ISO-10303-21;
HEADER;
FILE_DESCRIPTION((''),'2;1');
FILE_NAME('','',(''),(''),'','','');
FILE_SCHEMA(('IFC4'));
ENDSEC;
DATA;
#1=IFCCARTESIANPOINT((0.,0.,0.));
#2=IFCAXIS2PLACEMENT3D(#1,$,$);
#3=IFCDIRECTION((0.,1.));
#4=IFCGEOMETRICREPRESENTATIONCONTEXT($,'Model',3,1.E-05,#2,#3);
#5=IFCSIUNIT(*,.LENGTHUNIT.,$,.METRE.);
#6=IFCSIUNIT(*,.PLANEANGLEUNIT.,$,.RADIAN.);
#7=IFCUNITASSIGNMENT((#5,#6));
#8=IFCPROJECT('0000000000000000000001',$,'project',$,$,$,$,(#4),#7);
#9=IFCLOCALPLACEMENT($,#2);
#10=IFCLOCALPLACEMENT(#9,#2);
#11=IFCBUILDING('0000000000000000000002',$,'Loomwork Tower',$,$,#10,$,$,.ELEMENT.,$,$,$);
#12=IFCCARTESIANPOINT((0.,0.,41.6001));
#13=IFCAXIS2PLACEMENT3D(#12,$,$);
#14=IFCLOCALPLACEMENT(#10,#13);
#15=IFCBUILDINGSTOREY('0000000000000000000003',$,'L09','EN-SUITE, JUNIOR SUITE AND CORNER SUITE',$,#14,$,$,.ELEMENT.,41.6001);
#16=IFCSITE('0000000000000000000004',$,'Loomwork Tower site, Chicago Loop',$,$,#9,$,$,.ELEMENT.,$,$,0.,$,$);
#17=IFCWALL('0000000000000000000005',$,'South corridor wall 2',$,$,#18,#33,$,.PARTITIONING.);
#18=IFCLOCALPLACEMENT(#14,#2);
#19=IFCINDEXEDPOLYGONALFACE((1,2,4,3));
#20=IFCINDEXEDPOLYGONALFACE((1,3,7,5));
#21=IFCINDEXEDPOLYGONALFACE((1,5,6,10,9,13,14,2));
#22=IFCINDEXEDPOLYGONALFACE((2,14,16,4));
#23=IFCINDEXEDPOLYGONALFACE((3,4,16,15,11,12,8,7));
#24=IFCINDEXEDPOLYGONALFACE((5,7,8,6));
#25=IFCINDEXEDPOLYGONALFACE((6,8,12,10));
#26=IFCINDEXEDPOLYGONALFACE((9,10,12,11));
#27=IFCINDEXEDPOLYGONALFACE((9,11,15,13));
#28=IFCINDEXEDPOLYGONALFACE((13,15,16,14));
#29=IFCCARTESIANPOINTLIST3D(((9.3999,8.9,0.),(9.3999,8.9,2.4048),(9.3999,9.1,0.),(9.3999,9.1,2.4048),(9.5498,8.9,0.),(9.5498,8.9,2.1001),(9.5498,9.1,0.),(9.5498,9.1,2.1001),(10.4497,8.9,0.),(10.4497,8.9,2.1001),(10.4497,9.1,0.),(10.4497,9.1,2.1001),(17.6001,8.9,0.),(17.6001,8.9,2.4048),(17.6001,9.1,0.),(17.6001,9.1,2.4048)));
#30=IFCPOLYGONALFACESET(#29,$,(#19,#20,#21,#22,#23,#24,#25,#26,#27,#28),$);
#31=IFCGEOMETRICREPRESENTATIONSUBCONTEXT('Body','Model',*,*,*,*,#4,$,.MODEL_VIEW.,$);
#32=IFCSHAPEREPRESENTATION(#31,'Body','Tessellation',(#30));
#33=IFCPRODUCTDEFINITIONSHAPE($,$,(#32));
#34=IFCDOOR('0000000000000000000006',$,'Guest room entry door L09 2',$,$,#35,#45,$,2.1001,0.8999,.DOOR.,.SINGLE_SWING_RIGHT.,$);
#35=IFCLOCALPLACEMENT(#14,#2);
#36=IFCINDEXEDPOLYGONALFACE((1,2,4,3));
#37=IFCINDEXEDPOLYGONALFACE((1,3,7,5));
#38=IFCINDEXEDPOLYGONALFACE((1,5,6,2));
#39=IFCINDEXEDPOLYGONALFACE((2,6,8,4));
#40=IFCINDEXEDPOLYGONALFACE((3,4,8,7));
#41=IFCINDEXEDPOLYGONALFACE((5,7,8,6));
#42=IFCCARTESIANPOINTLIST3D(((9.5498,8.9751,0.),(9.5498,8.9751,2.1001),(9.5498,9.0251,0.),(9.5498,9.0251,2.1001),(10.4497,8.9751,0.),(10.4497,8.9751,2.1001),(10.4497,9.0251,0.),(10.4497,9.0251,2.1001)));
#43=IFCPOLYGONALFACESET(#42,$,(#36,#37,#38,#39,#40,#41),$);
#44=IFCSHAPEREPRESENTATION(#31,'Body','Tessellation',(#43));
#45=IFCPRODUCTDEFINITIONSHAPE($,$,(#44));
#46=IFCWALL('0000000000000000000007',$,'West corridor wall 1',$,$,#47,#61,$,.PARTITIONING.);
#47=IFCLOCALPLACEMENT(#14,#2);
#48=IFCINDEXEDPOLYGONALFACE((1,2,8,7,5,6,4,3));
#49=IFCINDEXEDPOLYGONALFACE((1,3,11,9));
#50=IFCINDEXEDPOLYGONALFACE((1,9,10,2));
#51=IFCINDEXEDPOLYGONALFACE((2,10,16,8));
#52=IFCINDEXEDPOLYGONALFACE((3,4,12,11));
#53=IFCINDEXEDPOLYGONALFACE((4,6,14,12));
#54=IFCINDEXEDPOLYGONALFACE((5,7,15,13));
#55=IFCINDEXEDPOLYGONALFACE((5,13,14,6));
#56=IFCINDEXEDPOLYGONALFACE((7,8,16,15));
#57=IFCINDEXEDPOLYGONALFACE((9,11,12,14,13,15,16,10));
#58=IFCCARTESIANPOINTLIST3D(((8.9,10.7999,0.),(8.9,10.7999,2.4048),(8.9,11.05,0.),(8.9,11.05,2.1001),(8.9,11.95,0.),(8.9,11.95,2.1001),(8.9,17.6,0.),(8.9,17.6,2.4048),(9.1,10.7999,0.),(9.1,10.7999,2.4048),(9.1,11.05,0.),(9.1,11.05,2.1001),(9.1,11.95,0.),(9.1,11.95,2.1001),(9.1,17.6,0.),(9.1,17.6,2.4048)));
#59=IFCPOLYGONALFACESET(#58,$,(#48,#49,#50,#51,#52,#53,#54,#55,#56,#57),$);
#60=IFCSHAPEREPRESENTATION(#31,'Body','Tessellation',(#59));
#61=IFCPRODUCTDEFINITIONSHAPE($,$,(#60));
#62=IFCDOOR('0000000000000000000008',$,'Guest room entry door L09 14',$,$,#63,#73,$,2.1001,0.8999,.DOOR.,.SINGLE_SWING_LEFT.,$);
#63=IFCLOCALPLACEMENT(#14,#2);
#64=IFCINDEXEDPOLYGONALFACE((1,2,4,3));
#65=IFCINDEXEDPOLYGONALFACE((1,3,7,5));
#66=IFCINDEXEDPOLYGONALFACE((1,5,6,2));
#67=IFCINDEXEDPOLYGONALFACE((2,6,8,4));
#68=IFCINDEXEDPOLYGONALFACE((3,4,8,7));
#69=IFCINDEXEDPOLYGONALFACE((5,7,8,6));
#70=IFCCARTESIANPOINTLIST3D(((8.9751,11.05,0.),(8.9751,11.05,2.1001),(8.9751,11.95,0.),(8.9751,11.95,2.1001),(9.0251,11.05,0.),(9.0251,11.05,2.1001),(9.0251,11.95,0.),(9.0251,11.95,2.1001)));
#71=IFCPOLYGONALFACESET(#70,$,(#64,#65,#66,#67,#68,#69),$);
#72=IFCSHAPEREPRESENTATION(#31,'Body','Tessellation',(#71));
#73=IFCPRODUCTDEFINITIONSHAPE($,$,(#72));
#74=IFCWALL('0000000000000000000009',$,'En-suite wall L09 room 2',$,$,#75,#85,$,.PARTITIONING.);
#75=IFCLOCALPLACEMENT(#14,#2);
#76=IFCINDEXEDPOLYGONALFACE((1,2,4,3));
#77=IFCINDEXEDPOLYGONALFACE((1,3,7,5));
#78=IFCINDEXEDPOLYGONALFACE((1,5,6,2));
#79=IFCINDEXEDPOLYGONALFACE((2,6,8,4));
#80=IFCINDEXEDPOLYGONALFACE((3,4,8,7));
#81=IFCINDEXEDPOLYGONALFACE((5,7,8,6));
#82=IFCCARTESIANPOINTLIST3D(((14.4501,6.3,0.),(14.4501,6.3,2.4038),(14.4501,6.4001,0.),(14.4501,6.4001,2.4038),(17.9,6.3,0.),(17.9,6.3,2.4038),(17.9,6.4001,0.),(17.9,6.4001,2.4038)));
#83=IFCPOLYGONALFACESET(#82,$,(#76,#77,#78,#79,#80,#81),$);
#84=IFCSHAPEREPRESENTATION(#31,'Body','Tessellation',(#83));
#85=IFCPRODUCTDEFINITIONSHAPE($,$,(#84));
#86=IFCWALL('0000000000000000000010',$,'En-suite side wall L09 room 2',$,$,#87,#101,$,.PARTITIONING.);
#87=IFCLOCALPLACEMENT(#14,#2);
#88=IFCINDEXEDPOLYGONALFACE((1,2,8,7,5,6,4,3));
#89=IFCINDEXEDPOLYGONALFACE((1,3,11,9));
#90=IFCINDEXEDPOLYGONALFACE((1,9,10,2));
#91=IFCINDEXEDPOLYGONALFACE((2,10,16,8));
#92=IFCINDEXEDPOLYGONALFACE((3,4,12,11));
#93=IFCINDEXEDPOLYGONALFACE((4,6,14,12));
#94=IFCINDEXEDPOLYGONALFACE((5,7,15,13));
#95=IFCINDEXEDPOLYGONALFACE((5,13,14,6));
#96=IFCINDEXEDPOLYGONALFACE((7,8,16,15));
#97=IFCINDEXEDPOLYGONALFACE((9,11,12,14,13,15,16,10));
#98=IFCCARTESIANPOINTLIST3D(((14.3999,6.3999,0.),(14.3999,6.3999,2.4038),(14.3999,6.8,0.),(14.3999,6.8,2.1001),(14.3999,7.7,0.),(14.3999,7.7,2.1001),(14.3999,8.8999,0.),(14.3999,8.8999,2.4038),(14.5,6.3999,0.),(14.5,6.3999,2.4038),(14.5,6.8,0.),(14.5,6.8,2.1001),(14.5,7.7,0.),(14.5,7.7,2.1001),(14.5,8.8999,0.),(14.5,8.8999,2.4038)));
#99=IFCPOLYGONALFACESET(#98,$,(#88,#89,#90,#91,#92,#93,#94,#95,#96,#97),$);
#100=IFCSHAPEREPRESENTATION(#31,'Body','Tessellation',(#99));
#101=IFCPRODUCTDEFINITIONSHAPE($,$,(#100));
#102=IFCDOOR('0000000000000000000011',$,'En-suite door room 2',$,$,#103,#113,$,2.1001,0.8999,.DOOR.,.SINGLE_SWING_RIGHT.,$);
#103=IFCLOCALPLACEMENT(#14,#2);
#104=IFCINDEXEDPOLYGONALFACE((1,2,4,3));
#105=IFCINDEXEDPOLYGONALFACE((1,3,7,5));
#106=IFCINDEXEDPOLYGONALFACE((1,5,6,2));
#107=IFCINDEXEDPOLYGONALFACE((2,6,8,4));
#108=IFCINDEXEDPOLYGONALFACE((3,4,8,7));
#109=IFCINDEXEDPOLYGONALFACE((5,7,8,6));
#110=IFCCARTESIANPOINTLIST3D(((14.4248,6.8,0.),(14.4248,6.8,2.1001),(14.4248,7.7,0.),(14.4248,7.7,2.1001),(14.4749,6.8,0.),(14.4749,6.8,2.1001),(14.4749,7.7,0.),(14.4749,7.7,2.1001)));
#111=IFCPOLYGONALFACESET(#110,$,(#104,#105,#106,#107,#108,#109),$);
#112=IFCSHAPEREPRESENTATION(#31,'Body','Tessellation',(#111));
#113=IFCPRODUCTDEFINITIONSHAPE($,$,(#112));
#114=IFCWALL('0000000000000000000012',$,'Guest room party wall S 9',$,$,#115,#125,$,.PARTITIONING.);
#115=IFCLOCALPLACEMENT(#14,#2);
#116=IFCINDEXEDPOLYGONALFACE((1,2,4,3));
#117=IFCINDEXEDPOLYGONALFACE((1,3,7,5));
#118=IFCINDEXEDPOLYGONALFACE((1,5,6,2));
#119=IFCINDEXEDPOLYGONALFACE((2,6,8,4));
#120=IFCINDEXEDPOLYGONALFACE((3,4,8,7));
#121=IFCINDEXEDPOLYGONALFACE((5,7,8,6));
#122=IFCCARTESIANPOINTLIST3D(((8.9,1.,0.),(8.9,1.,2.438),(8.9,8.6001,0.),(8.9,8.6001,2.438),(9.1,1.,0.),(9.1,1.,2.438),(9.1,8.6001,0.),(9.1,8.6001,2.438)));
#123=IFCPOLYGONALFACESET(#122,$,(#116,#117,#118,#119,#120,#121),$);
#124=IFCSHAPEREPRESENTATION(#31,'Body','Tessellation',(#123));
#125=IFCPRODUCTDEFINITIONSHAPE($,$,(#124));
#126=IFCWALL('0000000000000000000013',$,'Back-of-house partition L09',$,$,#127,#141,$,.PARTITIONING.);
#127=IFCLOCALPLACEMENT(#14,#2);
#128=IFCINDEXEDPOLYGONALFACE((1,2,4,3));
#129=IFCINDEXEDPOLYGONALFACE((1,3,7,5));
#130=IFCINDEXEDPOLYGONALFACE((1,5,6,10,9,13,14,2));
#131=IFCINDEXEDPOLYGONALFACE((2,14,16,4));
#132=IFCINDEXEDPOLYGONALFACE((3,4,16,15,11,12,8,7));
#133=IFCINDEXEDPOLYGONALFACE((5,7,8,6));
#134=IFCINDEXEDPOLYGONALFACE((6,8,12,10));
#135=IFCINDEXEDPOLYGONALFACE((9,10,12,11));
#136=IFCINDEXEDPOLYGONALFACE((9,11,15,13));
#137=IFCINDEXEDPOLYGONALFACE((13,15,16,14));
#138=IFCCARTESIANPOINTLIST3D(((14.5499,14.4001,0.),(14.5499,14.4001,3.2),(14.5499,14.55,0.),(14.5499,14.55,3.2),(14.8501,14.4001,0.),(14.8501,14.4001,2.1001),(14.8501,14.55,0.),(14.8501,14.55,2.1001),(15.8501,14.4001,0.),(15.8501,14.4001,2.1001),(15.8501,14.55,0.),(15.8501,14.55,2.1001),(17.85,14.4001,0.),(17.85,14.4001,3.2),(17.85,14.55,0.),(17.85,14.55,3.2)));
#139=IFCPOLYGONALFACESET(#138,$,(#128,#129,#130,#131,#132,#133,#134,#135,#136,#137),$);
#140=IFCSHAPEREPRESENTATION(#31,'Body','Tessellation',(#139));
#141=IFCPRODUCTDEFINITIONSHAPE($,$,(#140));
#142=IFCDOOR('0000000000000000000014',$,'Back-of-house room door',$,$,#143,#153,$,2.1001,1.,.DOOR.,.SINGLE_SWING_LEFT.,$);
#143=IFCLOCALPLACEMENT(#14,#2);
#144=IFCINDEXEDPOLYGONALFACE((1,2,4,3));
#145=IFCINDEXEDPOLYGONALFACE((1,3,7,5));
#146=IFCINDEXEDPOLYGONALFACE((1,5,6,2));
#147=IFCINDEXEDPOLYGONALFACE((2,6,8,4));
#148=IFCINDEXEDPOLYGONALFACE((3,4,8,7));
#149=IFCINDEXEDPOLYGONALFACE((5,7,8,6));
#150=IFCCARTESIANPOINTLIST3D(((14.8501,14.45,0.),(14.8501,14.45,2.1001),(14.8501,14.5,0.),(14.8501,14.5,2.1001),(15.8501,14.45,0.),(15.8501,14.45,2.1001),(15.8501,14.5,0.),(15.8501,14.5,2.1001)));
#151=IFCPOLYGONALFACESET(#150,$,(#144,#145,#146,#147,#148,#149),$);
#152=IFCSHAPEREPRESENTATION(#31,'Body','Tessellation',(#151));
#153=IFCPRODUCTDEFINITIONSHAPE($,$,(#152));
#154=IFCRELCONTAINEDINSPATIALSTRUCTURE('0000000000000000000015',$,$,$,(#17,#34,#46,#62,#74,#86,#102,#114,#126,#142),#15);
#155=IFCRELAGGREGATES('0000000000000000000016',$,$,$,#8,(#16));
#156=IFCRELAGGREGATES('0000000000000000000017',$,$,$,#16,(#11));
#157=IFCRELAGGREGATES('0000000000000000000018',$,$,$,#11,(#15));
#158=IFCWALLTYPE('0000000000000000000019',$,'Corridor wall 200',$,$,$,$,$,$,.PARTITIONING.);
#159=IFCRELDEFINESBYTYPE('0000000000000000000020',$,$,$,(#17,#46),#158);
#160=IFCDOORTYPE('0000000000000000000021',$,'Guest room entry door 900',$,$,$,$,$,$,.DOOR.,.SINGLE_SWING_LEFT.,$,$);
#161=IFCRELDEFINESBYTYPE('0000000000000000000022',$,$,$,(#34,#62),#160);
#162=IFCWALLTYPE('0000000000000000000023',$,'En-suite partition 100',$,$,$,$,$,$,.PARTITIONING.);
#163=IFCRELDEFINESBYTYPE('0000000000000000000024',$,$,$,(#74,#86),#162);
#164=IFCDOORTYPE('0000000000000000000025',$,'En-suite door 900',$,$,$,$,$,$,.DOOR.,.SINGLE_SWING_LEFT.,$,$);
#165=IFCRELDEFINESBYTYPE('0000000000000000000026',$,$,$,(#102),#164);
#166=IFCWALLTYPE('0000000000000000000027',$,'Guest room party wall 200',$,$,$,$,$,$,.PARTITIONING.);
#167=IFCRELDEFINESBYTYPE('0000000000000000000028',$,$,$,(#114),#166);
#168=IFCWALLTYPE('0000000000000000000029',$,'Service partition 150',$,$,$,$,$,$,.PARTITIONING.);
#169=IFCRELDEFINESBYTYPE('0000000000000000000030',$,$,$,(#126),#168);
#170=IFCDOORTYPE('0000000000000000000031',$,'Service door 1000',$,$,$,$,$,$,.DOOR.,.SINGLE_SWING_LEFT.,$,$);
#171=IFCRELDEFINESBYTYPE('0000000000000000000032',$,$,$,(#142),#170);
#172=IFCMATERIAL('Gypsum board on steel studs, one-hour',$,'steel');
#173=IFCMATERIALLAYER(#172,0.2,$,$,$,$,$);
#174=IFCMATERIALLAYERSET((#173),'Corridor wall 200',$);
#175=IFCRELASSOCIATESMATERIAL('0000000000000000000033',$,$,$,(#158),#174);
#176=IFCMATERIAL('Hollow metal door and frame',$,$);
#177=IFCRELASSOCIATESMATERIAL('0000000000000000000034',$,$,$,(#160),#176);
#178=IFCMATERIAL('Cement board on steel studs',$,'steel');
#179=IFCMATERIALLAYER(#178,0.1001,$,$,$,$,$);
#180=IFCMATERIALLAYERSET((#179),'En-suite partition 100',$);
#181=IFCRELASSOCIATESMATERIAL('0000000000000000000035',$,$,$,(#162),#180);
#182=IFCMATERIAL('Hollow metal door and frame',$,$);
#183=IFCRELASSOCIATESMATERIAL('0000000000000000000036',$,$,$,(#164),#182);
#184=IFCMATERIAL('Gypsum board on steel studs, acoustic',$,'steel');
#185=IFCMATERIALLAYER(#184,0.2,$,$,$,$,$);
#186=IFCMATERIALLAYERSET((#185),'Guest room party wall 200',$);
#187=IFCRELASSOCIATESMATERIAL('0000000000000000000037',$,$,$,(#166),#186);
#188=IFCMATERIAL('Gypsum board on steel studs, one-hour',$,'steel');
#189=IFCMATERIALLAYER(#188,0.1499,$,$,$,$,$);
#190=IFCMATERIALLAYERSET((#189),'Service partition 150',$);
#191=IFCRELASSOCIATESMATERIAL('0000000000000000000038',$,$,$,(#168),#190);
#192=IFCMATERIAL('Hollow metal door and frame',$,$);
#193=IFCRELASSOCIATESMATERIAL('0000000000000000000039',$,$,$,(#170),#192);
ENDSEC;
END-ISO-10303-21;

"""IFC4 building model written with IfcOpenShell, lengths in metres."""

from ifc_helpers import new_model, si_unit, direction, frame, frame_2d, origin, place, context, subcontext, project, spatial, rectangle, extrude, material, layer, layer_set, type_object, element, fill, save


model = new_model("IFC4")

# Units and contexts
model_context = context("Model", 3, precision=1e-05, world=origin(), true_north=direction((0.0, 1.0)))
body_context = subcontext(model_context, "Body", "Model", "MODEL_VIEW")
ifc_project = project(units=[si_unit("LENGTHUNIT", "METRE"), si_unit("PLANEANGLEUNIT", "RADIAN")], contexts=[model_context])

# Site, building, storey
site_placement = place(None, origin())
site = spatial("IfcSite", under=ifc_project, at=site_placement, Name="Loomwork Tower site, Chicago Loop", CompositionType="ELEMENT", RefElevation=0.0)
building_placement = place(site_placement, origin())
building = spatial("IfcBuilding", under=site, at=building_placement, Name="Loomwork Tower", CompositionType="ELEMENT")
storey_placement = place(building_placement, frame((0.0, 0.0, 41.6001)))
storey = spatial("IfcBuildingStorey", under=building, at=storey_placement, Name="L09", Description="EN-SUITE, JUNIOR SUITE AND CORNER SUITE", CompositionType="ELEMENT", Elevation=41.6001)

# Walls, openings, doors
ifc_material_1 = material(Name="Gypsum board on steel studs, one-hour", Category="steel")
ifc_layer_1 = layer(ifc_material_1, 0.2)
ifc_layer_set_1 = layer_set([ifc_layer_1], Name="Corridor wall 200")
wall_type_1 = type_object("IfcWallType", Name="Corridor wall 200", PredefinedType="PARTITIONING", material=ifc_layer_set_1)
wall_1_placement = place(storey_placement, frame((9.3999, 9.0, 0.0), z_axis=(0.0, 0.0, 1.0), x_axis=(1.0, 0.0, 0.0)))
wall_1 = element("IfcWall", 1, at=wall_1_placement, inside=storey, type_object=wall_type_1, Name="South corridor wall 2", PredefinedType="PARTITIONING", context=body_context, shape_type="SweptSolid", body=[
    extrude(rectangle(XDim=8.2002, YDim=0.2, at=frame_2d((4.1001, 0.0))), origin(), (0.0, 0.0, 1.0), 2.4048),
])
opening_1_placement = place(wall_1_placement, frame((0.1499, 0.0, 0.0)))
opening_1 = element("IfcOpeningElement", 2, at=opening_1_placement, cuts=wall_1, PredefinedType="OPENING", context=body_context, shape_type="SweptSolid", body=[
    extrude(rectangle(XDim=0.8999, YDim=2.1001, at=frame_2d((0.45, 1.05))), frame((0.0, 0.1099, 0.0), z_axis=(0.0, -1.0, 0.0), x_axis=(1.0, 0.0, 0.0)), (0.0, 0.0, 1.0), 0.22),
])
ifc_material_2 = material(Name="Hollow metal door and frame")
door_type_1 = type_object("IfcDoorType", Name="Guest room entry door 900", OperationType="SINGLE_SWING_LEFT", PredefinedType="DOOR", material=ifc_material_2)
door_1_placement = place(opening_1_placement, frame((0.8999, 0.0, 0.0), z_axis=(0.0, 0.0, 1.0), x_axis=(-1.0, 0.0, 0.0)))
door_1 = element("IfcDoor", 3, at=door_1_placement, inside=storey, type_object=door_type_1, Name="Guest room entry door L09 2", OperationType="SINGLE_SWING_RIGHT", OverallHeight=2.1001, OverallWidth=0.8999, PredefinedType="DOOR", context=body_context, shape_type="SweptSolid", body=[
    extrude(rectangle(XDim=0.8999, YDim=2.1001, at=frame_2d((0.45, 1.05))), frame((0.0, 0.0249, 0.0), z_axis=(0.0, -1.0, 0.0), x_axis=(1.0, 0.0, 0.0)), (0.0, 0.0, 1.0), 0.05),
])
fill(opening_1, door_1)
wall_2_placement = place(storey_placement, frame((9.0, 10.8, 0.0), z_axis=(0.0, 0.0, 1.0), x_axis=(0.0, 1.0, 0.0)))
wall_2 = element("IfcWall", 4, at=wall_2_placement, inside=storey, type_object=wall_type_1, Name="West corridor wall 1", PredefinedType="PARTITIONING", context=body_context, shape_type="SweptSolid", body=[
    extrude(rectangle(XDim=6.8, YDim=0.2, at=frame_2d((3.3999, 0.0))), origin(), (0.0, 0.0, 1.0), 2.4048),
])
opening_2_placement = place(wall_2_placement, frame((0.25, 0.0, 0.0)))
opening_2 = element("IfcOpeningElement", 5, at=opening_2_placement, cuts=wall_2, PredefinedType="OPENING", context=body_context, shape_type="SweptSolid", body=[
    extrude(rectangle(XDim=0.8999, YDim=2.1001, at=frame_2d((0.45, 1.05))), frame((0.0, 0.1099, 0.0), z_axis=(0.0, -1.0, 0.0), x_axis=(1.0, 0.0, 0.0)), (0.0, 0.0, 1.0), 0.22),
])
door_2_placement = place(opening_2_placement, origin())
door_2 = element("IfcDoor", 6, at=door_2_placement, inside=storey, type_object=door_type_1, Name="Guest room entry door L09 14", OperationType="SINGLE_SWING_LEFT", OverallHeight=2.1001, OverallWidth=0.8999, PredefinedType="DOOR", context=body_context, shape_type="SweptSolid", body=[
    extrude(rectangle(XDim=0.8999, YDim=2.1001, at=frame_2d((0.45, 1.05))), frame((0.0, 0.0249, 0.0), z_axis=(0.0, -1.0, 0.0), x_axis=(1.0, 0.0, 0.0)), (0.0, 0.0, 1.0), 0.05),
])
fill(opening_2, door_2)

# Wall
ifc_material_3 = material(Name="Cement board on steel studs", Category="steel")
ifc_layer_2 = layer(ifc_material_3, 0.1001)
ifc_layer_set_2 = layer_set([ifc_layer_2], Name="En-suite partition 100")
wall_type_2 = type_object("IfcWallType", Name="En-suite partition 100", PredefinedType="PARTITIONING", material=ifc_layer_set_2)
wall_3_placement = place(storey_placement, frame((14.45, 6.3501, 0.0), z_axis=(0.0, 0.0, 1.0), x_axis=(1.0, 0.0, 0.0)))
element("IfcWall", 7, at=wall_3_placement, inside=storey, type_object=wall_type_2, Name="En-suite wall L09 room 2", PredefinedType="PARTITIONING", context=body_context, shape_type="SweptSolid", body=[
    extrude(rectangle(XDim=3.45, YDim=0.1001, at=frame_2d((1.7251, 0.0))), origin(), (0.0, 0.0, 1.0), 2.4038),
])

# Wall, opening, door
wall_4_placement = place(storey_placement, frame((14.45, 8.8999, 0.0), z_axis=(0.0, 0.0, 1.0), x_axis=(0.0, -1.0, 0.0)))
wall_4 = element("IfcWall", 8, at=wall_4_placement, inside=storey, type_object=wall_type_2, Name="En-suite side wall L09 room 2", PredefinedType="PARTITIONING", context=body_context, shape_type="SweptSolid", body=[
    extrude(rectangle(XDim=2.5, YDim=0.1001, at=frame_2d((1.25, 0.0))), origin(), (0.0, 0.0, 1.0), 2.4038),
])
opening_3_placement = place(wall_4_placement, frame((1.2, 0.0, 0.0)))
opening_3 = element("IfcOpeningElement", 9, at=opening_3_placement, cuts=wall_4, PredefinedType="OPENING", context=body_context, shape_type="SweptSolid", body=[
    extrude(rectangle(XDim=0.8999, YDim=2.1001, at=frame_2d((0.45, 1.05))), frame((0.0, 0.0601, 0.0), z_axis=(0.0, -1.0, 0.0), x_axis=(1.0, 0.0, 0.0)), (0.0, 0.0, 1.0), 0.1201),
])
ifc_material_4 = material(Name="Hollow metal door and frame")
door_type_2 = type_object("IfcDoorType", Name="En-suite door 900", OperationType="SINGLE_SWING_LEFT", PredefinedType="DOOR", material=ifc_material_4)
door_3_placement = place(opening_3_placement, origin())
door_3 = element("IfcDoor", 10, at=door_3_placement, inside=storey, type_object=door_type_2, Name="En-suite door room 2", OperationType="SINGLE_SWING_RIGHT", OverallHeight=2.1001, OverallWidth=0.8999, PredefinedType="DOOR", context=body_context, shape_type="SweptSolid", body=[
    extrude(rectangle(XDim=0.8999, YDim=2.1001, at=frame_2d((0.45, 1.05))), frame((0.0, 0.0249, 0.0), z_axis=(0.0, -1.0, 0.0), x_axis=(1.0, 0.0, 0.0)), (0.0, 0.0, 1.0), 0.05),
])
fill(opening_3, door_3)

# Wall
ifc_material_5 = material(Name="Gypsum board on steel studs, acoustic", Category="steel")
ifc_layer_3 = layer(ifc_material_5, 0.2)
ifc_layer_set_3 = layer_set([ifc_layer_3], Name="Guest room party wall 200")
wall_type_3 = type_object("IfcWallType", Name="Guest room party wall 200", PredefinedType="PARTITIONING", material=ifc_layer_set_3)
wall_5_placement = place(storey_placement, frame((9.0, 8.6001, 0.0), z_axis=(0.0, 0.0, 1.0), x_axis=(0.0, -1.0, 0.0)))
element("IfcWall", 11, at=wall_5_placement, inside=storey, type_object=wall_type_3, Name="Guest room party wall S 9", PredefinedType="PARTITIONING", context=body_context, shape_type="SweptSolid", body=[
    extrude(rectangle(XDim=7.6001, YDim=0.2, at=frame_2d((3.8, 0.0))), origin(), (0.0, 0.0, 1.0), 2.438),
])

# Wall, opening, door
ifc_material_6 = material(Name="Gypsum board on steel studs, one-hour", Category="steel")
ifc_layer_4 = layer(ifc_material_6, 0.1499)
ifc_layer_set_4 = layer_set([ifc_layer_4], Name="Service partition 150")
wall_type_4 = type_object("IfcWallType", Name="Service partition 150", PredefinedType="PARTITIONING", material=ifc_layer_set_4)
wall_6_placement = place(storey_placement, frame((14.55, 14.4751, 0.0), z_axis=(0.0, 0.0, 1.0), x_axis=(1.0, 0.0, 0.0)))
wall_6 = element("IfcWall", 12, at=wall_6_placement, inside=storey, type_object=wall_type_4, Name="Back-of-house partition L09", PredefinedType="PARTITIONING", context=body_context, shape_type="SweptSolid", body=[
    extrude(rectangle(XDim=3.3, YDim=0.1499, at=frame_2d((1.6499, 0.0))), origin(), (0.0, 0.0, 1.0), 3.2),
])
opening_4_placement = place(wall_6_placement, frame((0.3, 0.0, 0.0)))
opening_4 = element("IfcOpeningElement", 13, at=opening_4_placement, cuts=wall_6, PredefinedType="OPENING", context=body_context, shape_type="SweptSolid", body=[
    extrude(rectangle(XDim=1.0, YDim=2.1001, at=frame_2d((0.5, 1.05))), frame((0.0, 0.085, 0.0), z_axis=(0.0, -1.0, 0.0), x_axis=(1.0, 0.0, 0.0)), (0.0, 0.0, 1.0), 0.1699),
])
ifc_material_7 = material(Name="Hollow metal door and frame")
door_type_3 = type_object("IfcDoorType", Name="Service door 1000", OperationType="SINGLE_SWING_LEFT", PredefinedType="DOOR", material=ifc_material_7)
door_4_placement = place(opening_4_placement, origin())
door_4 = element("IfcDoor", 14, at=door_4_placement, inside=storey, type_object=door_type_3, Name="Back-of-house room door", OperationType="SINGLE_SWING_LEFT", OverallHeight=2.1001, OverallWidth=1.0, PredefinedType="DOOR", context=body_context, shape_type="SweptSolid", body=[
    extrude(rectangle(XDim=1.0, YDim=2.1001, at=frame_2d((0.5, 1.05))), frame((0.0, 0.0249, 0.0), z_axis=(0.0, -1.0, 0.0), x_axis=(1.0, 0.0, 0.0)), (0.0, 0.0, 1.0), 0.05),
])
fill(opening_4, door_4)

save(model, "model.ifc")
